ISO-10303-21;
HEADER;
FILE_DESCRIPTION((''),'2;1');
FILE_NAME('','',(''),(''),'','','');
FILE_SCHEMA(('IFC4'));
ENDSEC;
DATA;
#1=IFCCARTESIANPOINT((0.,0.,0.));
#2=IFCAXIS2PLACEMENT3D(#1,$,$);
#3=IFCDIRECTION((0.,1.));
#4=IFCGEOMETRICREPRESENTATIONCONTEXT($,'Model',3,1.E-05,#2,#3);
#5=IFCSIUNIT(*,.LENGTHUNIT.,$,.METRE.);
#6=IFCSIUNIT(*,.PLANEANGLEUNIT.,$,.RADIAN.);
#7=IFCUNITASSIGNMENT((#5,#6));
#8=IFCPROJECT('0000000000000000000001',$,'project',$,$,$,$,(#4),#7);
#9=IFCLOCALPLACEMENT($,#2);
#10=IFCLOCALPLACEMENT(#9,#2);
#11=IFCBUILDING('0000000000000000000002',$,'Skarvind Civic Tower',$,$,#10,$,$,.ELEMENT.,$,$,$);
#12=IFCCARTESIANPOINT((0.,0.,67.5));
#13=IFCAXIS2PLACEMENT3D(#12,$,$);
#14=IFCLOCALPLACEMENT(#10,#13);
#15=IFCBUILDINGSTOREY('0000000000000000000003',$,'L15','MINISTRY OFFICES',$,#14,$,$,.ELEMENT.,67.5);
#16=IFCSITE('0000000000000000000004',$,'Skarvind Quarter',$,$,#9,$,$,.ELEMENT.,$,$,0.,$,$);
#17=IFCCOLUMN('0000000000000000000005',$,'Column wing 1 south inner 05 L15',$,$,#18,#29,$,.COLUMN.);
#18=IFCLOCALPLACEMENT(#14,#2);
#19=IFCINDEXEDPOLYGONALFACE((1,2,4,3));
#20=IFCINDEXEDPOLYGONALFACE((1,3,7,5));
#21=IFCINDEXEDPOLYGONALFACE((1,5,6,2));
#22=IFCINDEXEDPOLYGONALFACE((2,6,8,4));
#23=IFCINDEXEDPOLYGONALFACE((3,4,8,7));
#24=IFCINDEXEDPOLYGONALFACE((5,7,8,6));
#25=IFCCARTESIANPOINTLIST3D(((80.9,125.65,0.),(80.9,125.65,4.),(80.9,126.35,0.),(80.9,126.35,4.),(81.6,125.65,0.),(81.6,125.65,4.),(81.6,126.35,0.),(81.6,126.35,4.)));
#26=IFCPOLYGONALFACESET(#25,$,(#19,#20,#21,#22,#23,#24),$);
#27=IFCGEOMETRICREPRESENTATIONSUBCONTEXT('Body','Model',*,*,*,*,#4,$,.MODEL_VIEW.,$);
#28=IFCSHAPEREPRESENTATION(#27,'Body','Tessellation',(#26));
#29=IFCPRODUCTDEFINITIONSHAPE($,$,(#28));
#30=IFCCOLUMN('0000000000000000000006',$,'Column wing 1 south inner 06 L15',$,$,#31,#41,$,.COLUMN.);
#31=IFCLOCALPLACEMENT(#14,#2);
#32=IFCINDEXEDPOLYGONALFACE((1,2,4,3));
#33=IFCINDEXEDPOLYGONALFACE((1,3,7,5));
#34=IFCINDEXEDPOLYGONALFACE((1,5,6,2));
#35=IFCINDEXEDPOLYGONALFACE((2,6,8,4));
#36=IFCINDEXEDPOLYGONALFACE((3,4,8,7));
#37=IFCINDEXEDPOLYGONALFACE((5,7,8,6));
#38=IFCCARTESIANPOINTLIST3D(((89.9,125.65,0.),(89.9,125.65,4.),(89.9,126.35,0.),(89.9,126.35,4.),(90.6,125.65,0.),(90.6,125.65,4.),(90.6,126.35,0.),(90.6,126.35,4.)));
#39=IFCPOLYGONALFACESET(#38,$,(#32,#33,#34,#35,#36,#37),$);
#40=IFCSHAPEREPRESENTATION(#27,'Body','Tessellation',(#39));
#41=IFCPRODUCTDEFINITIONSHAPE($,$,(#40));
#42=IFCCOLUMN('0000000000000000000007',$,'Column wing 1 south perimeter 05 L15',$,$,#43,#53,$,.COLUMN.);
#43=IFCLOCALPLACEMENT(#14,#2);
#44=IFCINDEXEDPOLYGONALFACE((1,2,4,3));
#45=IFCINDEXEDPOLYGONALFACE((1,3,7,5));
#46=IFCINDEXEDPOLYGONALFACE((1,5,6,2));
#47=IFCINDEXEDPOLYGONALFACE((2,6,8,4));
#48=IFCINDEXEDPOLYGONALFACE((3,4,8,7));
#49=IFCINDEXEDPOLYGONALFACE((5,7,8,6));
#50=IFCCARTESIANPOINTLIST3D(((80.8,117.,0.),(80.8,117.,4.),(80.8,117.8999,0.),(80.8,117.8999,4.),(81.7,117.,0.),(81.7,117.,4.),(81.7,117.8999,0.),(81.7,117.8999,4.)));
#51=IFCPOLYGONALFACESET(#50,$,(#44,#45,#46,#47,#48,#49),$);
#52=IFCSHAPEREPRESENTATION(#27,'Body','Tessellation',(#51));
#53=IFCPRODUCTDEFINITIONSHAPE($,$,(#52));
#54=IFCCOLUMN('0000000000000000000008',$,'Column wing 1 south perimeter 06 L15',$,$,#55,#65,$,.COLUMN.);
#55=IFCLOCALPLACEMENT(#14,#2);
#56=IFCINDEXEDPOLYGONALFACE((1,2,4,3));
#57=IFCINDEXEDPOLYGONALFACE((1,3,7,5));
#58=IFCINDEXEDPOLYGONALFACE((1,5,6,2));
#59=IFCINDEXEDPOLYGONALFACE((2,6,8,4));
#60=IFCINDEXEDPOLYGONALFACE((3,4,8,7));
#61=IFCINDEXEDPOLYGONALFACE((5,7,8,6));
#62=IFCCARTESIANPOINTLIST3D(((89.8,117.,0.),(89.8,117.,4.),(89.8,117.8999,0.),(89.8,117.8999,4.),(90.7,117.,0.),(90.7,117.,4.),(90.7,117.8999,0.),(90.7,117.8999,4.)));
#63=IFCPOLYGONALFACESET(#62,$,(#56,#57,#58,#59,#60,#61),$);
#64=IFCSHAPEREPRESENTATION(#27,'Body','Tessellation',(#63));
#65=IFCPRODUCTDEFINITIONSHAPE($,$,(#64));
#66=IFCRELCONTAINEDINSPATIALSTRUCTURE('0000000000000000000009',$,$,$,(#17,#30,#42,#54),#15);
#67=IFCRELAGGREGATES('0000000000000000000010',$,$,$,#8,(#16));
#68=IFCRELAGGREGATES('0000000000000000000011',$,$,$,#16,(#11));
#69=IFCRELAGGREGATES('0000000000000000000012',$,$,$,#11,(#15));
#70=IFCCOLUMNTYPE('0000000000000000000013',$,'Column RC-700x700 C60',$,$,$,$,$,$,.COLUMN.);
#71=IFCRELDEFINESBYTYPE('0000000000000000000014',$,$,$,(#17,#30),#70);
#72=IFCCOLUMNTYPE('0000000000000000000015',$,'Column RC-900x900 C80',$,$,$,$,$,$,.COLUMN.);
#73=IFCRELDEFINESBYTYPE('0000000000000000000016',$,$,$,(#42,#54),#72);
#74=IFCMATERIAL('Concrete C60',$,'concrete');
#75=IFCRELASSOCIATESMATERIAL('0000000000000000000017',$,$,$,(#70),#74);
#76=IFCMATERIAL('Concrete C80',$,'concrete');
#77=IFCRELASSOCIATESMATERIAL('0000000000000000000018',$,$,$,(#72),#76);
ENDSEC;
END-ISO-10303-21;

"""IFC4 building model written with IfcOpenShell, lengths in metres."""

from ifc_helpers import new_model, si_unit, direction, frame, origin, origin_2d, place, context, subcontext, project, spatial, rectangle, extrude, material, material_profile, profile_set, type_object, element, save


model = new_model("IFC4")

# Units and contexts
model_context = context("Model", 3, precision=1e-05, world=origin(), true_north=direction((0.0, 1.0)))
body_context = subcontext(model_context, "Body", "Model", "MODEL_VIEW")
ifc_project = project(units=[si_unit("LENGTHUNIT", "METRE"), si_unit("PLANEANGLEUNIT", "RADIAN")], contexts=[model_context])

# Site, building, storey
site_placement = place(None, origin())
site = spatial("IfcSite", under=ifc_project, at=site_placement, Name="Skarvind Quarter", CompositionType="ELEMENT", RefElevation=0.0)
building_placement = place(site_placement, origin())
building = spatial("IfcBuilding", under=site, at=building_placement, Name="Skarvind Civic Tower", CompositionType="ELEMENT")
storey_placement = place(building_placement, frame((0.0, 0.0, 67.5)))
storey = spatial("IfcBuildingStorey", under=building, at=storey_placement, Name="L15", Description="MINISTRY OFFICES", CompositionType="ELEMENT", Elevation=67.5)

# Columns
ifc_material_1 = material(Name="Concrete C60", Category="concrete")
ifc_material_profile_1 = material_profile(ifc_material_1, rectangle(XDim=0.7, YDim=0.7, at=origin_2d()), Name="RC-700x700")
ifc_profile_set_1 = profile_set([ifc_material_profile_1], Name="Concrete C60")
column_type_1 = type_object("IfcColumnType", Name="Column RC-700x700 C60", PredefinedType="COLUMN", material=ifc_profile_set_1)
for number, where, z_axis, x_axis, name in (
    (1, (81.25, 126.0, 0.0), (0.0, 0.0, 1.0), (1.0, 0.0, 0.0), "Column wing 1 south inner 05 L15"),
    (2, (90.25, 126.0, 0.0), (0.0, 0.0, 1.0), (1.0, 0.0, 0.0), "Column wing 1 south inner 06 L15"),
):
    element("IfcColumn", number, at=place(storey_placement, frame(where, z_axis=z_axis, x_axis=x_axis)), inside=storey, type_object=column_type_1, Name=name, PredefinedType="COLUMN", context=body_context, shape_type="SweptSolid", body=[
        extrude(rectangle(XDim=0.7, YDim=0.7, at=origin_2d()), origin(), (0.0, 0.0, 1.0), 4.0),
    ])
ifc_material_2 = material(Name="Concrete C80", Category="concrete")
ifc_material_profile_2 = material_profile(ifc_material_2, rectangle(XDim=0.8999, YDim=0.8999, at=origin_2d()), Name="RC-900x900")
ifc_profile_set_2 = profile_set([ifc_material_profile_2], Name="Concrete C80")
column_type_2 = type_object("IfcColumnType", Name="Column RC-900x900 C80", PredefinedType="COLUMN", material=ifc_profile_set_2)
for number, where, z_axis, x_axis, name in (
    (3, (81.25, 117.45, 0.0), (0.0, 0.0, 1.0), (1.0, 0.0, 0.0), "Column wing 1 south perimeter 05 L15"),
    (4, (90.25, 117.45, 0.0), (0.0, 0.0, 1.0), (1.0, 0.0, 0.0), "Column wing 1 south perimeter 06 L15"),
):
    element("IfcColumn", number, at=place(storey_placement, frame(where, z_axis=z_axis, x_axis=x_axis)), inside=storey, type_object=column_type_2, Name=name, PredefinedType="COLUMN", context=body_context, shape_type="SweptSolid", body=[
        extrude(rectangle(XDim=0.8999, YDim=0.8999, at=origin_2d()), origin(), (0.0, 0.0, 1.0), 4.0),
    ])

save(model, "model.ifc")
